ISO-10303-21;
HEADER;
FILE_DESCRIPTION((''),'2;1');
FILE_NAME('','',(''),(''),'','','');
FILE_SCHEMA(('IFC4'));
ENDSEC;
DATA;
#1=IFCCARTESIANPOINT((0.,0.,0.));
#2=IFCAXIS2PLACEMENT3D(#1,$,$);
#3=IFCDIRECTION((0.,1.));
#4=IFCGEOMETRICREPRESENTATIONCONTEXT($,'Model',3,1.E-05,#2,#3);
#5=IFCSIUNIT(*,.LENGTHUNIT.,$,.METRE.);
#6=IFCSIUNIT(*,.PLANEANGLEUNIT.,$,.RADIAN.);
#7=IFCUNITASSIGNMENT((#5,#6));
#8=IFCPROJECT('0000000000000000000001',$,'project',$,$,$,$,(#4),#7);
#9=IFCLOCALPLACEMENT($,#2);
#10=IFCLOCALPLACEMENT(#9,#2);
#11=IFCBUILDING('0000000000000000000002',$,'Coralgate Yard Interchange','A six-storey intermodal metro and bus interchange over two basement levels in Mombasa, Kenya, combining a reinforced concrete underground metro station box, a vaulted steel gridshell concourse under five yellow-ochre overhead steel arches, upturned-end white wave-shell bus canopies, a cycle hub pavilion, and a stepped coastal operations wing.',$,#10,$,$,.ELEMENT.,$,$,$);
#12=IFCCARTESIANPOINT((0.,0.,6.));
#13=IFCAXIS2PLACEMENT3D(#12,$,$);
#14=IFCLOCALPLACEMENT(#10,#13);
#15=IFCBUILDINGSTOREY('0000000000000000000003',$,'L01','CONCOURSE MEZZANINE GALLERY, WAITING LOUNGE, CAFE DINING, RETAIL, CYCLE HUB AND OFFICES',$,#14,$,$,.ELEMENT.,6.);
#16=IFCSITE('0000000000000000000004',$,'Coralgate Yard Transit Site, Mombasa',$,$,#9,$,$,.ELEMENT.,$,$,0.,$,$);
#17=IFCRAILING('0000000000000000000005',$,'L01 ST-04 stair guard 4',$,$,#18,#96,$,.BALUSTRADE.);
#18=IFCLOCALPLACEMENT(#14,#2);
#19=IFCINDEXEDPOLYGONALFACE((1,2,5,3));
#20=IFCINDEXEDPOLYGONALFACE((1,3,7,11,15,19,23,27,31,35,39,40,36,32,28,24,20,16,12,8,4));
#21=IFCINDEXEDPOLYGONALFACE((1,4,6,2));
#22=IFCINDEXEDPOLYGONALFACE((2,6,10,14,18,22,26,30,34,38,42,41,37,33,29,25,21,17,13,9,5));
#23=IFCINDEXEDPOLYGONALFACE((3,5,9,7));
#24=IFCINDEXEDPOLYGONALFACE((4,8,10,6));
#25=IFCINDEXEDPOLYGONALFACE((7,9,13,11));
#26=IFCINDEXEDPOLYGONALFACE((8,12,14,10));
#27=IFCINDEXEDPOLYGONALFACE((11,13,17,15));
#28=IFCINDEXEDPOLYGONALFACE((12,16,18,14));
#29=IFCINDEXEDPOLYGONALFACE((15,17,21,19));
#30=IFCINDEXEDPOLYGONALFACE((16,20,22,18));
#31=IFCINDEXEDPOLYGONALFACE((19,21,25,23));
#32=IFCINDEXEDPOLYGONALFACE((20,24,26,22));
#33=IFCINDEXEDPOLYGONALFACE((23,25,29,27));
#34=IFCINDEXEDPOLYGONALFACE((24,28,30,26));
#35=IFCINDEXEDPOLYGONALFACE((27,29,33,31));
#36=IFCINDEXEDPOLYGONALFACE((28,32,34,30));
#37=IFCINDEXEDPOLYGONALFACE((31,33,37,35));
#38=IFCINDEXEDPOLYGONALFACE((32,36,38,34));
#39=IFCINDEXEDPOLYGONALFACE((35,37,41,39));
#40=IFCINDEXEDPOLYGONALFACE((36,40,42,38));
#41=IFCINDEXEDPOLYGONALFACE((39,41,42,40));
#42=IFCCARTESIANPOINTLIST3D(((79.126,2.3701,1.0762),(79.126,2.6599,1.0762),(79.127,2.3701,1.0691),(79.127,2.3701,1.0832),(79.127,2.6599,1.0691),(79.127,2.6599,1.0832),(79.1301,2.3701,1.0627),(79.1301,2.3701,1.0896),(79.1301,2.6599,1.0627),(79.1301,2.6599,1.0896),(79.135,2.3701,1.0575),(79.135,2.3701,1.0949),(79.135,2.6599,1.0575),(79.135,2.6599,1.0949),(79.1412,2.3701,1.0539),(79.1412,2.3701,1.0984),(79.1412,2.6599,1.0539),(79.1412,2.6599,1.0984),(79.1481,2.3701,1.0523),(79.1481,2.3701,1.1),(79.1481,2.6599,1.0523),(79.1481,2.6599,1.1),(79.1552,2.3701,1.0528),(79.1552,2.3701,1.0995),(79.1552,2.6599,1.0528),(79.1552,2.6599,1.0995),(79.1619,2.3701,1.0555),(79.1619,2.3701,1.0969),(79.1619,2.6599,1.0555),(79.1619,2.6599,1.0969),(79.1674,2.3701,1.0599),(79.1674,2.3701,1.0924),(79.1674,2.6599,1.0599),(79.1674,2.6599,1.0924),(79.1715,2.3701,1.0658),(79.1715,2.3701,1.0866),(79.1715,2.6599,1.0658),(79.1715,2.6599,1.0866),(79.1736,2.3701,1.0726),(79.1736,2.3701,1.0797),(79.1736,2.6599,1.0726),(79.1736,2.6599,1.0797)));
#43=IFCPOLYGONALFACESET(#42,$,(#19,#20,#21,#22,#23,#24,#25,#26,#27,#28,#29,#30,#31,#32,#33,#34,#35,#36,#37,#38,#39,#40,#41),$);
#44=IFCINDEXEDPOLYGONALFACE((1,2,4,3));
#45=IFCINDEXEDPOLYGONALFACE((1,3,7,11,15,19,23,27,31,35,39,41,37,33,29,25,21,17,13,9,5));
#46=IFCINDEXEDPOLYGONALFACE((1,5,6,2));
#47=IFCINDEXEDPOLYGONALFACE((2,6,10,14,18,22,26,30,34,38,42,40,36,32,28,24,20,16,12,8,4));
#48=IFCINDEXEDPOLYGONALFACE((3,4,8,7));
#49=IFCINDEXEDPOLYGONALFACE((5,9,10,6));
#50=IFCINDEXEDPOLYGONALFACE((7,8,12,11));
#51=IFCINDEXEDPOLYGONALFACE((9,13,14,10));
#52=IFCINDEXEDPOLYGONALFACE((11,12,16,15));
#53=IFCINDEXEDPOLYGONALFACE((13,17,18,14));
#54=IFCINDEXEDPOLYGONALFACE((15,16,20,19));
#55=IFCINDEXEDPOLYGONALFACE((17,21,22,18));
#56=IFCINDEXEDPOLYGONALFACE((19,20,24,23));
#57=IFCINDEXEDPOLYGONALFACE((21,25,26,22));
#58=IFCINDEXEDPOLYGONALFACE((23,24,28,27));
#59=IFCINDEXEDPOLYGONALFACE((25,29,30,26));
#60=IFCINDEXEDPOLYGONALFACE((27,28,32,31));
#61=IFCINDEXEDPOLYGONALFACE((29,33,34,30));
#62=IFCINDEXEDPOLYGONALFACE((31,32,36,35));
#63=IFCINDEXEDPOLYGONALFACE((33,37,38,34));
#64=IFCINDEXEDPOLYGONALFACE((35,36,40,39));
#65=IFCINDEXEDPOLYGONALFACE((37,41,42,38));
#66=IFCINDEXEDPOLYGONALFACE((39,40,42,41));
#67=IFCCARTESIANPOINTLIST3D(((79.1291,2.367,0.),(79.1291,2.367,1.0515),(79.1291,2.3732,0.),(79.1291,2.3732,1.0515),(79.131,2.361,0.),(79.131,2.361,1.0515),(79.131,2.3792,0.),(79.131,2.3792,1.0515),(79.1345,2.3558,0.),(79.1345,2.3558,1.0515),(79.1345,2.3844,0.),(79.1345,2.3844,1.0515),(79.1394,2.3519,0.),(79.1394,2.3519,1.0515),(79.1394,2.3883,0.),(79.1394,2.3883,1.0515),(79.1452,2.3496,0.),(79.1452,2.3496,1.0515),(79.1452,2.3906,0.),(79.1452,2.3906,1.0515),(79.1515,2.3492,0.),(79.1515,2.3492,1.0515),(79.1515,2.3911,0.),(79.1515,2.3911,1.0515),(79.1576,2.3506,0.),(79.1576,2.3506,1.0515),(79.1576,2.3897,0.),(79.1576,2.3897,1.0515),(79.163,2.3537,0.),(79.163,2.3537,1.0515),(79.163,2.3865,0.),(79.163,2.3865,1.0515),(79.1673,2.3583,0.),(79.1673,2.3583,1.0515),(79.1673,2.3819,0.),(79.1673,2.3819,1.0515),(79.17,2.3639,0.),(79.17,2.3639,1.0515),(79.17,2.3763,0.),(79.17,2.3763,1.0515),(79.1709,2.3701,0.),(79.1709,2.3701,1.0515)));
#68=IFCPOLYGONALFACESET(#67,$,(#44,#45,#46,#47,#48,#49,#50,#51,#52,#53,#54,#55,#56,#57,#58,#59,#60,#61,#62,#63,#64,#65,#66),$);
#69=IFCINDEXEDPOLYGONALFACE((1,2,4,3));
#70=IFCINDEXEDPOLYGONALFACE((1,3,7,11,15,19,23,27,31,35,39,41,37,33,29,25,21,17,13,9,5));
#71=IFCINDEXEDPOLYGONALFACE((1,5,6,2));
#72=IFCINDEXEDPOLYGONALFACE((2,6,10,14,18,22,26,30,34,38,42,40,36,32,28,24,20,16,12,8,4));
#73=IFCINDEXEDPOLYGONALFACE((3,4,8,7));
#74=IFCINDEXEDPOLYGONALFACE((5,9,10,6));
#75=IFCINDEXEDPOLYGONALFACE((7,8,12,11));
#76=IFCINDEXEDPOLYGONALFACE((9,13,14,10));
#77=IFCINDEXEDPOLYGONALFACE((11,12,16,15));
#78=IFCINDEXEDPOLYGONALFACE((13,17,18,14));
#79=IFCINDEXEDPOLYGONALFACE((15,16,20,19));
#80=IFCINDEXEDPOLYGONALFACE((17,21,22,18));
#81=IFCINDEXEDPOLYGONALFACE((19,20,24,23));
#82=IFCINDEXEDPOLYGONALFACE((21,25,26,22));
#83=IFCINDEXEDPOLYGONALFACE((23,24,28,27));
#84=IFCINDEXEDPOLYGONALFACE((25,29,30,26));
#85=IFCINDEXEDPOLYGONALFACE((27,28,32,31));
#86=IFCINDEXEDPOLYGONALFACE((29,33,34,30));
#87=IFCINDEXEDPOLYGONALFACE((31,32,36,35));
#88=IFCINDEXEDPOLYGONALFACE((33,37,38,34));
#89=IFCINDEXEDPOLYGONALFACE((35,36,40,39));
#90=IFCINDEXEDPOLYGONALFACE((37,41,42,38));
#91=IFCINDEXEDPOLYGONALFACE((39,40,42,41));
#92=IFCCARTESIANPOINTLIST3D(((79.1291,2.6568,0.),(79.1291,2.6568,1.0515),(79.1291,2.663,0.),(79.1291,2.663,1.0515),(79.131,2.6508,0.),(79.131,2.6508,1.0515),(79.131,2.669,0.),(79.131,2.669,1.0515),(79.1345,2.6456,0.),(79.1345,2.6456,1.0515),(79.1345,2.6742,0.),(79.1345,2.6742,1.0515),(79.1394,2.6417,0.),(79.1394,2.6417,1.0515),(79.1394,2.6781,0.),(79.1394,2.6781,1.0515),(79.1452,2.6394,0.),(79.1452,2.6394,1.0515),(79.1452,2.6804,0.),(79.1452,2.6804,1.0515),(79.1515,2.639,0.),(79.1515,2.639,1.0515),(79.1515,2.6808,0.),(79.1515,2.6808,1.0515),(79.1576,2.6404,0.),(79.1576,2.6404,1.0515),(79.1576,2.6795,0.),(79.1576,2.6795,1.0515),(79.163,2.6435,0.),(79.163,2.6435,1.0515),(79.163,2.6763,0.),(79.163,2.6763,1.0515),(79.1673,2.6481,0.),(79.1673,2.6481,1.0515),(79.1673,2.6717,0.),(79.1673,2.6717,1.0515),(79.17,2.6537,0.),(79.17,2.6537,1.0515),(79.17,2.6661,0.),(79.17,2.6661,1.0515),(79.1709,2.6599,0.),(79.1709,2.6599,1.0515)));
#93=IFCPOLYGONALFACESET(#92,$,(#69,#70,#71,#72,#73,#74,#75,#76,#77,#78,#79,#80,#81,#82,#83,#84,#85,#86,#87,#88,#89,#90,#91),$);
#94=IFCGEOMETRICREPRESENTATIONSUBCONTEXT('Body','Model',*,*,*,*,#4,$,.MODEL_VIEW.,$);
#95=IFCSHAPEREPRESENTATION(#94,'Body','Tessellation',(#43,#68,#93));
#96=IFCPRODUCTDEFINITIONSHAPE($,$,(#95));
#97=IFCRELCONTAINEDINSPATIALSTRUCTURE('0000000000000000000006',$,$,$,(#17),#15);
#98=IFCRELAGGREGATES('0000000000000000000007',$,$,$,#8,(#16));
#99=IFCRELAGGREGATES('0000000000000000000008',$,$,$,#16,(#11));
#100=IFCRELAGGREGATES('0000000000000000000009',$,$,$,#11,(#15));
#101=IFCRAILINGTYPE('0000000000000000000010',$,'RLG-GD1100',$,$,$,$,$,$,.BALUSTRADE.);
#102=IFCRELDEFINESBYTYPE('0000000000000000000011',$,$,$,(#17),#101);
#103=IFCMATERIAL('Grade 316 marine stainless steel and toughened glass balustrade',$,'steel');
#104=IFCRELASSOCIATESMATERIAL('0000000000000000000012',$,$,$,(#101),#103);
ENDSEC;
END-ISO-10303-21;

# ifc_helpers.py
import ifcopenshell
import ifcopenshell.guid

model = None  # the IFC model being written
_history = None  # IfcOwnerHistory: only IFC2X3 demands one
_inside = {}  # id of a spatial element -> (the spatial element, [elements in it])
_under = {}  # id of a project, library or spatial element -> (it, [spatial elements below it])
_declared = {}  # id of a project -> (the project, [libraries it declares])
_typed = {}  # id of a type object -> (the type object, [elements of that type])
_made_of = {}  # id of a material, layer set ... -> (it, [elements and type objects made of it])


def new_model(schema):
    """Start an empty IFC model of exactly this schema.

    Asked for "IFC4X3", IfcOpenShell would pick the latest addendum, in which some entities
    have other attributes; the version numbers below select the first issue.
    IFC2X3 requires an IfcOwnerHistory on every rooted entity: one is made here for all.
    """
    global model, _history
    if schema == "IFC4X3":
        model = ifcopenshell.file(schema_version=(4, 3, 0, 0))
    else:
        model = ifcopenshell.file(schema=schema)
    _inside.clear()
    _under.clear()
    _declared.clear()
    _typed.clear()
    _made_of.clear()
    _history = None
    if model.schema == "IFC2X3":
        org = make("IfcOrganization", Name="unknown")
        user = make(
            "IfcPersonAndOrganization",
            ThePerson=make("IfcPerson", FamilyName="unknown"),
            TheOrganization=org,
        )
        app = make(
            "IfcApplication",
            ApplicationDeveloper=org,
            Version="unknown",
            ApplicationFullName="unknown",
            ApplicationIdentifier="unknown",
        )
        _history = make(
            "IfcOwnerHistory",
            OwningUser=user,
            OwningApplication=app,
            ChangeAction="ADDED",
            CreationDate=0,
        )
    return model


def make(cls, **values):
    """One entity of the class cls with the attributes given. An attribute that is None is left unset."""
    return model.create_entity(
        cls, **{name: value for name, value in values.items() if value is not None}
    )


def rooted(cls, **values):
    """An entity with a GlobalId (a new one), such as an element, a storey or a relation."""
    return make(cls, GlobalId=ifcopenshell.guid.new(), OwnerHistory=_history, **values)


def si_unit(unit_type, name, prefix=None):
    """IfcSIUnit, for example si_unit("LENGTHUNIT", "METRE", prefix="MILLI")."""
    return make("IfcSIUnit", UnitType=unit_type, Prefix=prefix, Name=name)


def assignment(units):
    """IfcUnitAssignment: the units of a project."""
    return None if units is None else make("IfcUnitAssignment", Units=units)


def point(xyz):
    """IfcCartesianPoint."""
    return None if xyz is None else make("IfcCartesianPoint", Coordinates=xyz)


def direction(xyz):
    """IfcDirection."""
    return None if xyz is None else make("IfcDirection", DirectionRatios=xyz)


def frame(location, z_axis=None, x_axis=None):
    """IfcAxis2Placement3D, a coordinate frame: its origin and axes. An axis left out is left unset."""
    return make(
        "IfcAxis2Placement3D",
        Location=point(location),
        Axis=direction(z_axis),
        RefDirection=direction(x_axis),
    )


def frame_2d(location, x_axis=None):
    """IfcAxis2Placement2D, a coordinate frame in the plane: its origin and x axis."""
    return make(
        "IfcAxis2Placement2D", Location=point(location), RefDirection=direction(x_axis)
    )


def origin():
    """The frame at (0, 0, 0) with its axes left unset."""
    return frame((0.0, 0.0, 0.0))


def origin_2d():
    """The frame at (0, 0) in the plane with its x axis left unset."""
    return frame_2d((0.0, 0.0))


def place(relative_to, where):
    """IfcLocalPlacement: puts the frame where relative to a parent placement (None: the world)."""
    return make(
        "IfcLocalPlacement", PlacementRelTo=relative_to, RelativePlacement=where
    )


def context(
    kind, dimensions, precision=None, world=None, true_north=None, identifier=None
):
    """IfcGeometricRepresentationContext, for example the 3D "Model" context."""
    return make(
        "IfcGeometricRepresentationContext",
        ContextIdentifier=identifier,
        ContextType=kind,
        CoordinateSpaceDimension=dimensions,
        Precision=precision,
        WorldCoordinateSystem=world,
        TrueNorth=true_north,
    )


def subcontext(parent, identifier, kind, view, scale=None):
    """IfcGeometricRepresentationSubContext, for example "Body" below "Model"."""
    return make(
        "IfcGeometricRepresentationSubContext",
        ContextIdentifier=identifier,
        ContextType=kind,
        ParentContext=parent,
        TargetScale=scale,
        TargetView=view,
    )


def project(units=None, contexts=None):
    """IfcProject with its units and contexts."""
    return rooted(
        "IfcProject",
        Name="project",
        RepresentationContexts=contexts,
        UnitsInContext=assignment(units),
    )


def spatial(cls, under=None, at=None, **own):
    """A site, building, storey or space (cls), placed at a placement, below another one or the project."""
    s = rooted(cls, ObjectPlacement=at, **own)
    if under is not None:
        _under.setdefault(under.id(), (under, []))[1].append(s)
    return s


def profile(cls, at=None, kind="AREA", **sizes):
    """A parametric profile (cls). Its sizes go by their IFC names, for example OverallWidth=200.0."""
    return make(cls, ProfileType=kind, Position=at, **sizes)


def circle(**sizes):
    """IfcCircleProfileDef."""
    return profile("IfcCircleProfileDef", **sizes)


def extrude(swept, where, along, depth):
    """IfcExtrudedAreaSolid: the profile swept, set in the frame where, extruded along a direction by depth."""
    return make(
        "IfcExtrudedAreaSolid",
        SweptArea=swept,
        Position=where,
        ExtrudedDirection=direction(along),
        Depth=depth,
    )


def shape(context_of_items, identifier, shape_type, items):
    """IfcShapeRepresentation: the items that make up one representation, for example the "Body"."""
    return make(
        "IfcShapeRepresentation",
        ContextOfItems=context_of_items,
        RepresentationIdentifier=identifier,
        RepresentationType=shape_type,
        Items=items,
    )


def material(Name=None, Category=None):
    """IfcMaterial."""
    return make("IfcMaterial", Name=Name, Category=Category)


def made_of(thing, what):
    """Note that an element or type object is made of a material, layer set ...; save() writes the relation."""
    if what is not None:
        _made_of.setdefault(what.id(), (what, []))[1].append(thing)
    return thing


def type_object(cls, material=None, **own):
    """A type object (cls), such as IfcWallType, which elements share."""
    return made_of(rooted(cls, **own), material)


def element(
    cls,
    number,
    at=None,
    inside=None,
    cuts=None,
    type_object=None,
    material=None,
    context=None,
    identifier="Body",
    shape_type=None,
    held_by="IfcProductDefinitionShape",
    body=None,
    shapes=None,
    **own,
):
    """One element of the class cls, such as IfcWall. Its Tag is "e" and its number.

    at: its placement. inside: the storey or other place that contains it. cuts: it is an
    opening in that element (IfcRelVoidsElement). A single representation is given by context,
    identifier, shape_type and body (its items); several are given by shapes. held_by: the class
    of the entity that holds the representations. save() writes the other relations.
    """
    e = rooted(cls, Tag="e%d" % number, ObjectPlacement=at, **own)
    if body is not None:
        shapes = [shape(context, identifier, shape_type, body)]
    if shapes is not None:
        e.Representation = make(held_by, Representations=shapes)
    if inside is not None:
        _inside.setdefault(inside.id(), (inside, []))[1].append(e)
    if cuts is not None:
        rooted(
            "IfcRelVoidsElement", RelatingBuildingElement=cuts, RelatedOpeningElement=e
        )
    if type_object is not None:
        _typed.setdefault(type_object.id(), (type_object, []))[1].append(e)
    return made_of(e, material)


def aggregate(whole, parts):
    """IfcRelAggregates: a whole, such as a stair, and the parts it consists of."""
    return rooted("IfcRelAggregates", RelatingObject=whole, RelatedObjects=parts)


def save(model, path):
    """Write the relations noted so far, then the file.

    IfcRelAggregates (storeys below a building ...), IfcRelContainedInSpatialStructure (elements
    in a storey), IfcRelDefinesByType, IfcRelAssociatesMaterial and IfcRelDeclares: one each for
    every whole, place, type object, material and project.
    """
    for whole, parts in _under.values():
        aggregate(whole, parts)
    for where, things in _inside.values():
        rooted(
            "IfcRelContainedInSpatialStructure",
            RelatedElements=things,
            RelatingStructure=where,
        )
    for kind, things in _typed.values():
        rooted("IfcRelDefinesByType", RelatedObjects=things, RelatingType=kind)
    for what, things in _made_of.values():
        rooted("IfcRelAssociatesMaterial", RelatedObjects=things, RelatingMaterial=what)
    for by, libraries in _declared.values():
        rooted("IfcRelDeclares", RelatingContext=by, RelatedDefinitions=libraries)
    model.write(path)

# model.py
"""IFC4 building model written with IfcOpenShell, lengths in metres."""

from ifc_helpers import new_model, si_unit, direction, frame, origin, origin_2d, place, context, subcontext, project, spatial, circle, extrude, material, type_object, element, save


model = new_model("IFC4")

# Units and contexts
model_context = context("Model", 3, precision=1e-05, world=origin(), true_north=direction((0.0, 1.0)))
body_context = subcontext(model_context, "Body", "Model", "MODEL_VIEW")
ifc_project = project(units=[si_unit("LENGTHUNIT", "METRE"), si_unit("PLANEANGLEUNIT", "RADIAN")], contexts=[model_context])

# Site, building, storey
site_placement = place(None, origin())
site = spatial("IfcSite", under=ifc_project, at=site_placement, Name="Coralgate Yard Transit Site, Mombasa", CompositionType="ELEMENT", RefElevation=0.0)
building_placement = place(site_placement, origin())
building = spatial("IfcBuilding", under=site, at=building_placement, Name="Coralgate Yard Interchange", Description="A six-storey intermodal metro and bus interchange over two basement levels in Mombasa, Kenya, combining a reinforced concrete underground metro station box, a vaulted steel gridshell concourse under five yellow-ochre overhead steel arches, upturned-end white wave-shell bus canopies, a cycle hub pavilion, and a stepped coastal operations wing.", CompositionType="ELEMENT")
storey_placement = place(building_placement, frame((0.0, 0.0, 6.0)))
storey = spatial("IfcBuildingStorey", under=building, at=storey_placement, Name="L01", Description="CONCOURSE MEZZANINE GALLERY, WAITING LOUNGE, CAFE DINING, RETAIL, CYCLE HUB AND OFFICES", CompositionType="ELEMENT", Elevation=6.0)

# Railing
ifc_material_1 = material(Name="Grade 316 marine stainless steel and toughened glass balustrade", Category="steel")
railing_type_1 = type_object("IfcRailingType", Name="RLG-GD1100", PredefinedType="BALUSTRADE", material=ifc_material_1)
railing_1_placement = place(storey_placement, frame((79.1499, 2.3701, 0.0)))
element("IfcRailing", 1, at=railing_1_placement, inside=storey, type_object=railing_type_1, Name="L01 ST-04 stair guard 4", PredefinedType="BALUSTRADE", context=body_context, shape_type="SweptSolid", body=[
    extrude(circle(Radius=0.0239, at=origin_2d()), frame((0.0, 0.0, 1.0762), z_axis=(0.0, 1.0, 0.0), x_axis=(-1.0, 0.0, 0.0)), (0.0, 0.0, 1.0), 0.2898),
    extrude(circle(Radius=0.021, at=origin_2d()), origin(), (0.0, 0.0, 1.0), 1.0515),
    extrude(circle(Radius=0.021, at=origin_2d()), frame((0.0, 0.2898, 0.0)), (0.0, 0.0, 1.0), 1.0515),
])

save(model, "model.ifc")
